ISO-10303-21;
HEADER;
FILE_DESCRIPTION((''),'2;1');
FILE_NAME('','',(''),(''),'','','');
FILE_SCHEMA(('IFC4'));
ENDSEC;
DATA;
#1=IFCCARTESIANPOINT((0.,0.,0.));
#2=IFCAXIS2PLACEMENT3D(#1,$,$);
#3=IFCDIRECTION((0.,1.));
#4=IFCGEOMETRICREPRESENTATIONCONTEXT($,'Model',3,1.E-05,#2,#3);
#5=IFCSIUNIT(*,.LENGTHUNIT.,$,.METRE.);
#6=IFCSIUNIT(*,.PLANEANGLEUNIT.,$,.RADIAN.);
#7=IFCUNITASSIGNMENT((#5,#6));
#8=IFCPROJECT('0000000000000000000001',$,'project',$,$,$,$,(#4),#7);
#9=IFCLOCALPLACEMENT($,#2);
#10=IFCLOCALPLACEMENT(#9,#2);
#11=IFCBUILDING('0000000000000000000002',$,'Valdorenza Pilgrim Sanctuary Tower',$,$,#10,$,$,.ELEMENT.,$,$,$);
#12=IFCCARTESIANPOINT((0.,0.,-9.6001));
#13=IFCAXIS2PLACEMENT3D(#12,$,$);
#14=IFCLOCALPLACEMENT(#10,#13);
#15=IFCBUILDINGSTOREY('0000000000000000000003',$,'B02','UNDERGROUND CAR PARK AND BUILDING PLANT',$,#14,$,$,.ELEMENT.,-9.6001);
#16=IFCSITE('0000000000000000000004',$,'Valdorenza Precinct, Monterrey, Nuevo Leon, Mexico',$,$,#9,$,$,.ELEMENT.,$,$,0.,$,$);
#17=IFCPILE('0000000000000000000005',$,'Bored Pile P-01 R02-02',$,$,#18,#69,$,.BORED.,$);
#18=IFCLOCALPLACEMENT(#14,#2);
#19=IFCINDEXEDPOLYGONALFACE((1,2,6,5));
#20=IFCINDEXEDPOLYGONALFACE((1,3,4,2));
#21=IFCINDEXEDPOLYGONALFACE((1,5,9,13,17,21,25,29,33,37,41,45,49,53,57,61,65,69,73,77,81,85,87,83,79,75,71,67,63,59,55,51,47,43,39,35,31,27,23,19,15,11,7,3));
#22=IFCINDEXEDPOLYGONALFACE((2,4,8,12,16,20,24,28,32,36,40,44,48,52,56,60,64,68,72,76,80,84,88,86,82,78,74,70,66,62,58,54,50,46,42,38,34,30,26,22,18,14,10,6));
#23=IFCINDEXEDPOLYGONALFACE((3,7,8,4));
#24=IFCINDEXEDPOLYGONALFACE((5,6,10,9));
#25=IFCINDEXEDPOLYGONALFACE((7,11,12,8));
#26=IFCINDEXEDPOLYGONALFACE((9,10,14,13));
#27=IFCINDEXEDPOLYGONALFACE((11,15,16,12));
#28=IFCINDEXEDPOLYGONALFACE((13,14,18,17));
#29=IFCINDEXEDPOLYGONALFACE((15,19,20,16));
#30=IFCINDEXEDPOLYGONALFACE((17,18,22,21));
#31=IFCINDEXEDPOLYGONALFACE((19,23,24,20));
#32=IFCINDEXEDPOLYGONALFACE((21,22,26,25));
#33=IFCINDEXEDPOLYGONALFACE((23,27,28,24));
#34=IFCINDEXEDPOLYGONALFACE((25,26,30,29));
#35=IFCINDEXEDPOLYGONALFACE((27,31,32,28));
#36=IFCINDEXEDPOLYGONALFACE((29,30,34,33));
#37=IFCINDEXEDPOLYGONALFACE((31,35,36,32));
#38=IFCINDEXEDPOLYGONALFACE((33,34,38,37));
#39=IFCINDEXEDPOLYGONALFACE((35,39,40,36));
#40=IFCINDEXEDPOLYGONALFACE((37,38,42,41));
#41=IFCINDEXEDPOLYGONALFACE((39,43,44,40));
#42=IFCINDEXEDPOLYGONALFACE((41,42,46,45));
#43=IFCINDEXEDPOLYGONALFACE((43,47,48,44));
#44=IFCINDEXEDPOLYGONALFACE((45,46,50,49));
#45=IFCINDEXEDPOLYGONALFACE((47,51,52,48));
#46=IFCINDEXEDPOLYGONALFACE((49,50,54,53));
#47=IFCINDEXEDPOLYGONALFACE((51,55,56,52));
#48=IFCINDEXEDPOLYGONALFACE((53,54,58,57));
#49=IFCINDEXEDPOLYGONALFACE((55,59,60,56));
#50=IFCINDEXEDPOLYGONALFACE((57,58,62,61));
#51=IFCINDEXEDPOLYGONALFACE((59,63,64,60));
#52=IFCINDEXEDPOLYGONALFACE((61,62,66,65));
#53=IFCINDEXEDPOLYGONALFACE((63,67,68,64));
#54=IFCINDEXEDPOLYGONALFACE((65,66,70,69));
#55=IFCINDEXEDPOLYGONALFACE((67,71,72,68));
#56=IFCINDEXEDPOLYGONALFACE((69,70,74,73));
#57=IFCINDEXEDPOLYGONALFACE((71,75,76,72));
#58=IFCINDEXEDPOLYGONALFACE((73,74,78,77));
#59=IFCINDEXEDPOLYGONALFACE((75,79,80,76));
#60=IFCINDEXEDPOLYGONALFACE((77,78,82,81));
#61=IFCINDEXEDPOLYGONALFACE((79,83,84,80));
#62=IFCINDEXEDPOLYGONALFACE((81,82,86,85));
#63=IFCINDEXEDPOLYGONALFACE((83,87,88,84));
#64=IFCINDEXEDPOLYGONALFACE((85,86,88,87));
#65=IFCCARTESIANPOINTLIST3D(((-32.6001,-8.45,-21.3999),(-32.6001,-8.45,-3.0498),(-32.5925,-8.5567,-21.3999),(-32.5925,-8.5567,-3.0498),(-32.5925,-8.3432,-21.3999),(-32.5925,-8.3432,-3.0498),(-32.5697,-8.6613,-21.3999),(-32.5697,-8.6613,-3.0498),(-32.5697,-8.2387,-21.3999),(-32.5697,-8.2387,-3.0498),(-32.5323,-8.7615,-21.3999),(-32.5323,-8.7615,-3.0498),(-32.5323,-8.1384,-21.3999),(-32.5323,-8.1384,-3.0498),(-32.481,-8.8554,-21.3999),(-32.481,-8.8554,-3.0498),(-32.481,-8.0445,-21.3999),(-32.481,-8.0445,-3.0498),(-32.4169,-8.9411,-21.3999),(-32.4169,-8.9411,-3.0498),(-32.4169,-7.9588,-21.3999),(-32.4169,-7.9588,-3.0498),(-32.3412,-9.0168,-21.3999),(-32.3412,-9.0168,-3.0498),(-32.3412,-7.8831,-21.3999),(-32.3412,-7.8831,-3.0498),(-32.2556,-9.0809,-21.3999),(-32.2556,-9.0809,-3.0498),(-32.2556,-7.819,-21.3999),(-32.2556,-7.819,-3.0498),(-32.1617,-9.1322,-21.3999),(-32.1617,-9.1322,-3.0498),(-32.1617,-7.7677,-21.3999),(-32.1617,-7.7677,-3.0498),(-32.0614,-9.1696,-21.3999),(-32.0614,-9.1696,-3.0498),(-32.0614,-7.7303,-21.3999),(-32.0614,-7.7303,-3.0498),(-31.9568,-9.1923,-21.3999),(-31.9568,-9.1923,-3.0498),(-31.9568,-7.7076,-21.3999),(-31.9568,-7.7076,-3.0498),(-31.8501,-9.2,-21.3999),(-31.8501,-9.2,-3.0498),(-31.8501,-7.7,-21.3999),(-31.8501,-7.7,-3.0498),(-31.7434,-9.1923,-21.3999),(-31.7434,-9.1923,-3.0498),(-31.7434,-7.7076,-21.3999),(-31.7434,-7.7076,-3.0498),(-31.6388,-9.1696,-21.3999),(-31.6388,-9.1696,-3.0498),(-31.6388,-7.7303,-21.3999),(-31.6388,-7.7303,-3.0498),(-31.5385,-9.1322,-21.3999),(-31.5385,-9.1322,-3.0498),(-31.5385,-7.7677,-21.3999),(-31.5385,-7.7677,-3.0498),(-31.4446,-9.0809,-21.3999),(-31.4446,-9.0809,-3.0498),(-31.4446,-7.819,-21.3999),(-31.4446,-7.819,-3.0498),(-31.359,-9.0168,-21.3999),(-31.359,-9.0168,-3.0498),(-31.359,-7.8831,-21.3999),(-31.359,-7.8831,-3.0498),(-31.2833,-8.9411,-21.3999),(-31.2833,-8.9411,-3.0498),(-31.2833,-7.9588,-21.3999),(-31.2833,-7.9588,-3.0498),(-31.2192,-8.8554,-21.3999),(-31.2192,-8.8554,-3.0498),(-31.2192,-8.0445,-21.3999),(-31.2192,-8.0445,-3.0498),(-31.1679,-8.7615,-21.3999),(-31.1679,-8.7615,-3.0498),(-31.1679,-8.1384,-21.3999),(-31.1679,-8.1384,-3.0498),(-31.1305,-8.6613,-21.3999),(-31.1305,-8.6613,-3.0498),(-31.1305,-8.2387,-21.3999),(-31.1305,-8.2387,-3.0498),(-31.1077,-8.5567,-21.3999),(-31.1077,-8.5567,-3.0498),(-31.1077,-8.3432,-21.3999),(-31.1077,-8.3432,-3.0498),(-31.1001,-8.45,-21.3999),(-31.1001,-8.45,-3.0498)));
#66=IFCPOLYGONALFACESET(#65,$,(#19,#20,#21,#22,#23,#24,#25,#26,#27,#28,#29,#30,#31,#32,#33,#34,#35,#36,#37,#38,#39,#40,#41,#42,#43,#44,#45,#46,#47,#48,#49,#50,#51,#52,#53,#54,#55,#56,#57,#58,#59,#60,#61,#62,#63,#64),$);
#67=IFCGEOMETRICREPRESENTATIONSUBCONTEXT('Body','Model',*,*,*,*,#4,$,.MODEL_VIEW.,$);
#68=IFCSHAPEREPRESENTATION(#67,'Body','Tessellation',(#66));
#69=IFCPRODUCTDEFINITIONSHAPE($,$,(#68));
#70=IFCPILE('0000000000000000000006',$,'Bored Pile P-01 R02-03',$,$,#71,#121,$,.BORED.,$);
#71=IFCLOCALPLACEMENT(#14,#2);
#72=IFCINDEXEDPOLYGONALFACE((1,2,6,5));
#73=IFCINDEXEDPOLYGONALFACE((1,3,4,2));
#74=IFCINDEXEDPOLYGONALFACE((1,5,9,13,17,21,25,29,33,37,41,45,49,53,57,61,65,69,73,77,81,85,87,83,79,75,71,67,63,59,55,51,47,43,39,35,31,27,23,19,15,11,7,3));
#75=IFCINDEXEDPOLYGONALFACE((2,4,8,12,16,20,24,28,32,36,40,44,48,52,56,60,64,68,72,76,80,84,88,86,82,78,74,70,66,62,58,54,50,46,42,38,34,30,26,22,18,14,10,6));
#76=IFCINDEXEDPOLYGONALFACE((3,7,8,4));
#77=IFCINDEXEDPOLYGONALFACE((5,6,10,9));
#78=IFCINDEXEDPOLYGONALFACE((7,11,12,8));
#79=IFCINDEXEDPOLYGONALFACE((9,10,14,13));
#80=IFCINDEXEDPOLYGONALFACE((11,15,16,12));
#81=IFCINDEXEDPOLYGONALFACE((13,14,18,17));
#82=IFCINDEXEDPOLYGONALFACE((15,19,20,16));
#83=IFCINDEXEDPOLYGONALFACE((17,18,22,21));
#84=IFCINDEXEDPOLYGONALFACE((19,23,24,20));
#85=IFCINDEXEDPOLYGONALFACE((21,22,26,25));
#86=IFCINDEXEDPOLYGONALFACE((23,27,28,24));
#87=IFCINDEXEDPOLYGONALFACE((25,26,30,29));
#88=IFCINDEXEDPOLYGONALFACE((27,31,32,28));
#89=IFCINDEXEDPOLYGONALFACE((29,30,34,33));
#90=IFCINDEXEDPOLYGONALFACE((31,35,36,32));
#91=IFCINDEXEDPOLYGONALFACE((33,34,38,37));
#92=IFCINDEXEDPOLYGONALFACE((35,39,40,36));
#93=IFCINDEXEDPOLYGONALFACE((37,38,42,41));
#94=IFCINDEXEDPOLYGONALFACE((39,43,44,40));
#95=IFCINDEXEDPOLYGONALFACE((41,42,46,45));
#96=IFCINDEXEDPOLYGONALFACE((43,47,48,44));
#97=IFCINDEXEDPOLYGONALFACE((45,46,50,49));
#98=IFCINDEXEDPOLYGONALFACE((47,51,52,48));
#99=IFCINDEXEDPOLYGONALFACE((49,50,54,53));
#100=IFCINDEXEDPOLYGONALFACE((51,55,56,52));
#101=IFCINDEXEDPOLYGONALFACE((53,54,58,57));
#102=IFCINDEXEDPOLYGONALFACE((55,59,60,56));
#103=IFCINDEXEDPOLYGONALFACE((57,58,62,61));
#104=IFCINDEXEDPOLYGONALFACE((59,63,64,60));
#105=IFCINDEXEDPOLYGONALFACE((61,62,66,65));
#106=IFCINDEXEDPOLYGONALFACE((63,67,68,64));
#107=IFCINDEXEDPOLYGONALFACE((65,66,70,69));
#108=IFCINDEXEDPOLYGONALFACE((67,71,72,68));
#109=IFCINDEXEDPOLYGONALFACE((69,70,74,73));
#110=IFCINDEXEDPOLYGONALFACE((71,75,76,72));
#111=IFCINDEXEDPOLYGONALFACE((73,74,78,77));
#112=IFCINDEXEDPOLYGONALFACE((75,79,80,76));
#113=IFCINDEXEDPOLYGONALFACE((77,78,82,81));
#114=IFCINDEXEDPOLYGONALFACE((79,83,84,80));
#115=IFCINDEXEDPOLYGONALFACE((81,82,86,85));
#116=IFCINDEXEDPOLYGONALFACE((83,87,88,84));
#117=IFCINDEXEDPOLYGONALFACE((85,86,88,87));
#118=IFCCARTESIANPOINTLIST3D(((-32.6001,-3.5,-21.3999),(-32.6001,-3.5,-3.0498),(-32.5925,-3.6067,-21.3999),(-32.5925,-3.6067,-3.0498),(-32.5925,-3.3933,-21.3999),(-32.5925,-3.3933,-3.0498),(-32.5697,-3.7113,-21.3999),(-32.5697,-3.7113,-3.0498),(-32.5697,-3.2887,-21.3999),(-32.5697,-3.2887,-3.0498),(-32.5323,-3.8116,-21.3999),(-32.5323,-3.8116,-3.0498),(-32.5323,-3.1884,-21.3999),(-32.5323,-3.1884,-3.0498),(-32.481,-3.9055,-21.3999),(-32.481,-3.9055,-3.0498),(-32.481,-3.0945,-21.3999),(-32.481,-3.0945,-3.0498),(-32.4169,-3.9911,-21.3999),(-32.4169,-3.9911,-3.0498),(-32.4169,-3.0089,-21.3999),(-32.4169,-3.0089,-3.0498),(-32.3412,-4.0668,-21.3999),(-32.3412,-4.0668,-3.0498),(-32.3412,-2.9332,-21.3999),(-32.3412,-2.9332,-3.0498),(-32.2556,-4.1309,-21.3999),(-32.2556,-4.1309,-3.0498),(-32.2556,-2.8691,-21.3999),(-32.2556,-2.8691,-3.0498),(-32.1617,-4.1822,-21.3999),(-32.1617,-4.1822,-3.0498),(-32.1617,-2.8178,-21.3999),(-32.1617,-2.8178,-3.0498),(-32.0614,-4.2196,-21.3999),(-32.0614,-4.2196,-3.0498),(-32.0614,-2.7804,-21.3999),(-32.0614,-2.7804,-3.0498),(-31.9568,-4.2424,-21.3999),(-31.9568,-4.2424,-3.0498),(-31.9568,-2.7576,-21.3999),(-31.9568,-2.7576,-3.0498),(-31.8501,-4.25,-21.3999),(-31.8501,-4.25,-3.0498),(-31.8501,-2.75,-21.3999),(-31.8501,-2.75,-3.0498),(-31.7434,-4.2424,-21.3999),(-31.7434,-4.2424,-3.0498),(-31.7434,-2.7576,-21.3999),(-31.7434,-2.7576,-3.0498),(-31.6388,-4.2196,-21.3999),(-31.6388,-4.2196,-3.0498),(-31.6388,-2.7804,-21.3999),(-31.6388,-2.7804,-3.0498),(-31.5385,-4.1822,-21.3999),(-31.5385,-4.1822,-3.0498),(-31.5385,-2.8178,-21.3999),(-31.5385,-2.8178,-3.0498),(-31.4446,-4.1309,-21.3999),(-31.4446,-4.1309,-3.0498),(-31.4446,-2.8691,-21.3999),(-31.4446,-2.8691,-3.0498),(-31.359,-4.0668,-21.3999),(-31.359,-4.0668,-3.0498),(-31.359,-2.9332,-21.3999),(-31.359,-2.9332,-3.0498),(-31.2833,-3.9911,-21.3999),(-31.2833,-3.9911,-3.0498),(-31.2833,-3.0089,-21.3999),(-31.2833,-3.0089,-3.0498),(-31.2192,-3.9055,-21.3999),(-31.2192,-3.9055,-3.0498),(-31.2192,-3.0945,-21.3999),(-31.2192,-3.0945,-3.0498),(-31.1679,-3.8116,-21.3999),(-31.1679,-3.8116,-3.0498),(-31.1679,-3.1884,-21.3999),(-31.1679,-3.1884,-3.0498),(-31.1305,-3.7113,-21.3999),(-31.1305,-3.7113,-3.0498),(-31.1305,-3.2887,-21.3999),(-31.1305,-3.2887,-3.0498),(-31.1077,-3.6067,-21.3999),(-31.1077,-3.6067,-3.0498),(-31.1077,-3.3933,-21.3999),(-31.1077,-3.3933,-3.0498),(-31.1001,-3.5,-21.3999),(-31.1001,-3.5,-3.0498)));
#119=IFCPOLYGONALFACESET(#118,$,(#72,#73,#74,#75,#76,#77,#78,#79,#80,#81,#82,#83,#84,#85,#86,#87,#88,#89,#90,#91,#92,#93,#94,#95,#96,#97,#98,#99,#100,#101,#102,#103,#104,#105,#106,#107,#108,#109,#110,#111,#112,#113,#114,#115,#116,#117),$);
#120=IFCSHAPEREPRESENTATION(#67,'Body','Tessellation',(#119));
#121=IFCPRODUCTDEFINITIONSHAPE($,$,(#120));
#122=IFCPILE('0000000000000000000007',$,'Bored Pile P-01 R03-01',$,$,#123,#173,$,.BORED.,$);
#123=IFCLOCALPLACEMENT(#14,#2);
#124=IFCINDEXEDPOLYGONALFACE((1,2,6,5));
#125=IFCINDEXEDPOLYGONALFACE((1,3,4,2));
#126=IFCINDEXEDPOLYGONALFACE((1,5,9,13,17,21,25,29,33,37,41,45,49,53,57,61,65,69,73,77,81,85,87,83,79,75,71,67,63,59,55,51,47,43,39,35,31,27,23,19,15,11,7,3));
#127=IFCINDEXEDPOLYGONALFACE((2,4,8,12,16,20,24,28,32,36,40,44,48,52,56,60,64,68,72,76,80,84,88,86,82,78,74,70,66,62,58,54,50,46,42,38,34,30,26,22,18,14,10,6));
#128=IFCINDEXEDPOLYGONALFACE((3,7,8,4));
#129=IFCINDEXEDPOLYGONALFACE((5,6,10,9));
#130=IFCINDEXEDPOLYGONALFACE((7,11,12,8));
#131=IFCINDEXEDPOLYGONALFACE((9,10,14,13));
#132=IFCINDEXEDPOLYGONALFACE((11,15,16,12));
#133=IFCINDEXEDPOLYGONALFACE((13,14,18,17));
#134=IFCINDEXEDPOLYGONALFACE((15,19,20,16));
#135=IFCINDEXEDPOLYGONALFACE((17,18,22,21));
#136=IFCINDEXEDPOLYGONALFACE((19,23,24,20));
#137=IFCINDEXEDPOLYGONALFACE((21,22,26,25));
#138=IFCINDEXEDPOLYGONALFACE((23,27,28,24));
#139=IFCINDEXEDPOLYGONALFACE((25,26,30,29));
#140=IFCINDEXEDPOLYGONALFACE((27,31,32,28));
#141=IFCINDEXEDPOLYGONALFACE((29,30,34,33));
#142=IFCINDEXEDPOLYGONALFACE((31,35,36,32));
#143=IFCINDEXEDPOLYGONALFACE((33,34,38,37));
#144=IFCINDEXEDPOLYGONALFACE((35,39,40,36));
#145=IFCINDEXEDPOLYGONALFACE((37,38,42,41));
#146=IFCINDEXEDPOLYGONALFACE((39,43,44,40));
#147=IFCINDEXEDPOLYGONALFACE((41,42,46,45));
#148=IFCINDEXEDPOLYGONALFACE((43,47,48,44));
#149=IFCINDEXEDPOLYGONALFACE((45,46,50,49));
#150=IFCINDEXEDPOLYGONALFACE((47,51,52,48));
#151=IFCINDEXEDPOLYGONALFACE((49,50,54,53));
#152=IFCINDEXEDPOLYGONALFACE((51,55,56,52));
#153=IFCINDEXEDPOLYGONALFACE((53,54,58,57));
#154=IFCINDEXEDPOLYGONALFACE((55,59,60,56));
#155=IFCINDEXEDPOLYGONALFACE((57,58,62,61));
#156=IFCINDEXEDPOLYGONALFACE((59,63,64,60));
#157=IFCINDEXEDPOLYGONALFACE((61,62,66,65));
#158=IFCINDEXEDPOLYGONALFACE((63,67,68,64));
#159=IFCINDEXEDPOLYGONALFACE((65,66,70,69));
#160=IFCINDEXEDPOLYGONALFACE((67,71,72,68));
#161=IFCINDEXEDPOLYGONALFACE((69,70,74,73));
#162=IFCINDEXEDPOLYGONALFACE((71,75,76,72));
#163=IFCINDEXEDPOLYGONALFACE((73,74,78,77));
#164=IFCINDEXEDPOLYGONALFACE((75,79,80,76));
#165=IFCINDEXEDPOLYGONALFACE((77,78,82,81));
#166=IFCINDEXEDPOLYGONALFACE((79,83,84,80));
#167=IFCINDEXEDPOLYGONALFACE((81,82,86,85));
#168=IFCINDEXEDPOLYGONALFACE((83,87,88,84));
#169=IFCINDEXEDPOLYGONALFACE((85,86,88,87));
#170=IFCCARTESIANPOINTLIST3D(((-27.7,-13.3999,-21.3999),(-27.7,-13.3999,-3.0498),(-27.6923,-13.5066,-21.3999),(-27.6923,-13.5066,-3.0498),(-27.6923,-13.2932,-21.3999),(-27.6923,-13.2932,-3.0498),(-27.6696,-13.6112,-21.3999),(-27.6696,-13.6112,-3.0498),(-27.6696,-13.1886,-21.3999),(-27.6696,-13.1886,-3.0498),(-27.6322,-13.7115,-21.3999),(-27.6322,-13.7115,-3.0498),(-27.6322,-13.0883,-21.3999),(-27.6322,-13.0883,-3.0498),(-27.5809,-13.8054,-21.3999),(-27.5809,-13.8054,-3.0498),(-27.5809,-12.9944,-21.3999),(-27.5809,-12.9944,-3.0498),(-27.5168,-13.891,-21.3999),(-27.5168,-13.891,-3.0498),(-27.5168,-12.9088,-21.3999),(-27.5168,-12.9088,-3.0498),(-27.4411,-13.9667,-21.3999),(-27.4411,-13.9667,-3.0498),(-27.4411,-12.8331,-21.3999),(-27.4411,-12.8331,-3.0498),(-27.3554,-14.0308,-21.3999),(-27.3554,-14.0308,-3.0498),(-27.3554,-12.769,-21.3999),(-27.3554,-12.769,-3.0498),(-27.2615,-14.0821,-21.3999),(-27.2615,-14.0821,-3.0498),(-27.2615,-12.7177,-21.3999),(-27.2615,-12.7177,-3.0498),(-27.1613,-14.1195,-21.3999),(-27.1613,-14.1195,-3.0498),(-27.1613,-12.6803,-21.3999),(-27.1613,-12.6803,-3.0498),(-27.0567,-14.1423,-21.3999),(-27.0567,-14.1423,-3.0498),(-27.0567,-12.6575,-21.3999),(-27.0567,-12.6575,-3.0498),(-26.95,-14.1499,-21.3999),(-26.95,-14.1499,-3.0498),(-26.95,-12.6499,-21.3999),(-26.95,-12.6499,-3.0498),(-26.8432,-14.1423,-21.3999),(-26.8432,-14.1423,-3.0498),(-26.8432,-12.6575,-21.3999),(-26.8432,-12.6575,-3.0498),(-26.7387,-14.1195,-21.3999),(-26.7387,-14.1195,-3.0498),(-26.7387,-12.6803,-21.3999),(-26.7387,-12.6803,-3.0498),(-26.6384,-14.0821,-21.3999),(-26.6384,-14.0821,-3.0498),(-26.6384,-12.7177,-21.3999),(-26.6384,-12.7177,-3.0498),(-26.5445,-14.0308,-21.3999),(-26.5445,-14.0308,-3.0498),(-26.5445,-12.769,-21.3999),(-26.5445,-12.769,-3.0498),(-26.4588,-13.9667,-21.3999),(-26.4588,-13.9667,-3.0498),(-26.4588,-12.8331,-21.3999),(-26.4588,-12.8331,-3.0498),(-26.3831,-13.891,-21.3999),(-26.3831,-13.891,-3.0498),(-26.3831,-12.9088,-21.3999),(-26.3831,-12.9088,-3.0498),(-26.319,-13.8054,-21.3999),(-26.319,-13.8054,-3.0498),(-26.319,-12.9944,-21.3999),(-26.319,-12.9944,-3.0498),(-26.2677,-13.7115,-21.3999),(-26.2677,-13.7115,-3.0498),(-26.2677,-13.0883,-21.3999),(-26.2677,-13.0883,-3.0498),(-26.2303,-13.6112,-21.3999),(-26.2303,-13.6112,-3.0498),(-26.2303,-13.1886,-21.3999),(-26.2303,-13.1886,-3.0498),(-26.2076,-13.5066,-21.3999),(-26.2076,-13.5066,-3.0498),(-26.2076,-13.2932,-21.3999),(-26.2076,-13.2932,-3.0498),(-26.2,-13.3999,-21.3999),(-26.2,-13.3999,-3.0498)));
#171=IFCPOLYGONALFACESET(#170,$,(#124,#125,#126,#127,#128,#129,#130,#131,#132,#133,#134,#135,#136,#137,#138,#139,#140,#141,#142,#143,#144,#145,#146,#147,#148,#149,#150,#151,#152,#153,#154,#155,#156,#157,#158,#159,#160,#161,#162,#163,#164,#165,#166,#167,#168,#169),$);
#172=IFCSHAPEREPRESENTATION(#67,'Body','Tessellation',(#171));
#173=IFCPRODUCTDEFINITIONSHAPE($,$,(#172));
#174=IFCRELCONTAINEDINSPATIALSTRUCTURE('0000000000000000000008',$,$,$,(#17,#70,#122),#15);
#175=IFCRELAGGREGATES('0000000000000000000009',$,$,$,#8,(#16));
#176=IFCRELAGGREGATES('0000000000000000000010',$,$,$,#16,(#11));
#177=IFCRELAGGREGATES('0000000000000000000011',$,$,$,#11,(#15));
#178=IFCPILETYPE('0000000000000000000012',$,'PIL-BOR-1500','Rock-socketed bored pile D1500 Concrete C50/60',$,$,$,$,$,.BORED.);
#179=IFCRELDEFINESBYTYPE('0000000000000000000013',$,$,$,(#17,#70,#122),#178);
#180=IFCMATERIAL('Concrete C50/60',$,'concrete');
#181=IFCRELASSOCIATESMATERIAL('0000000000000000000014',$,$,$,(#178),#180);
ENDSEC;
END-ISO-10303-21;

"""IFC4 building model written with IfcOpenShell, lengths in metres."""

from ifc_helpers import new_model, si_unit, direction, frame, origin, origin_2d, place, context, subcontext, project, spatial, circle, extrude, source, transform, mapped, material, material_profile, profile_set, type_object, element, save


model = new_model("IFC4")

# Units and contexts
model_context = context("Model", 3, precision=1e-05, world=origin(), true_north=direction((0.0, 1.0)))
body_context = subcontext(model_context, "Body", "Model", "MODEL_VIEW")
ifc_project = project(units=[si_unit("LENGTHUNIT", "METRE"), si_unit("PLANEANGLEUNIT", "RADIAN")], contexts=[model_context])

# Site, building, storey
site_placement = place(None, origin())
site = spatial("IfcSite", under=ifc_project, at=site_placement, Name="Valdorenza Precinct, Monterrey, Nuevo Leon, Mexico", CompositionType="ELEMENT", RefElevation=0.0)
building_placement = place(site_placement, origin())
building = spatial("IfcBuilding", under=site, at=building_placement, Name="Valdorenza Pilgrim Sanctuary Tower", CompositionType="ELEMENT")
storey_placement = place(building_placement, frame((0.0, 0.0, -9.6001)))
storey = spatial("IfcBuildingStorey", under=building, at=storey_placement, Name="B02", Description="UNDERGROUND CAR PARK AND BUILDING PLANT", CompositionType="ELEMENT", Elevation=-9.6001)

# Piles
ifc_material_1 = material(Name="Concrete C50/60", Category="concrete")
ifc_material_profile_1 = material_profile(ifc_material_1, circle(Radius=0.75, at=origin_2d()), Name="BORED PILE 1500")
ifc_profile_set_1 = profile_set([ifc_material_profile_1], Name="Concrete C50/60")
pile_type = type_object("IfcPileType", Name="PIL-BOR-1500", Description="Rock-socketed bored pile D1500 Concrete C50/60", PredefinedType="BORED", material=ifc_profile_set_1)
shared_shape_1 = source(origin(), body_context, "Body", "SweptSolid", [
    extrude(circle(Radius=0.75, at=origin_2d()), origin(), (0.0, 0.0, 1.0), 18.3501),
])
for number, where, z_axis, x_axis, name in (
    (1, (-31.8501, -8.45, -3.0498), (0.0, 0.0, -1.0), (1.0, 0.0, 0.0), "Bored Pile P-01 R02-02"),
    (2, (-31.8501, -3.5, -3.0498), (0.0, 0.0, -1.0), (1.0, 0.0, 0.0), "Bored Pile P-01 R02-03"),
    (3, (-26.95, -13.3999, -3.0498), (0.0, 0.0, -1.0), (1.0, 0.0, 0.0), "Bored Pile P-01 R03-01"),
):
    element("IfcPile", number, at=place(storey_placement, frame(where, z_axis=z_axis, x_axis=x_axis)), inside=storey, type_object=pile_type, Name=name, PredefinedType="BORED", context=body_context, shape_type="MappedRepresentation", body=[
        mapped(shared_shape_1, transform((0.0, 0.0, 0.0), x_axis=(1.0, 0.0, 0.0), y_axis=(0.0, 1.0, 0.0), z_axis=(0.0, 0.0, 1.0), scale=1.0)),
    ])

save(model, "model.ifc")
